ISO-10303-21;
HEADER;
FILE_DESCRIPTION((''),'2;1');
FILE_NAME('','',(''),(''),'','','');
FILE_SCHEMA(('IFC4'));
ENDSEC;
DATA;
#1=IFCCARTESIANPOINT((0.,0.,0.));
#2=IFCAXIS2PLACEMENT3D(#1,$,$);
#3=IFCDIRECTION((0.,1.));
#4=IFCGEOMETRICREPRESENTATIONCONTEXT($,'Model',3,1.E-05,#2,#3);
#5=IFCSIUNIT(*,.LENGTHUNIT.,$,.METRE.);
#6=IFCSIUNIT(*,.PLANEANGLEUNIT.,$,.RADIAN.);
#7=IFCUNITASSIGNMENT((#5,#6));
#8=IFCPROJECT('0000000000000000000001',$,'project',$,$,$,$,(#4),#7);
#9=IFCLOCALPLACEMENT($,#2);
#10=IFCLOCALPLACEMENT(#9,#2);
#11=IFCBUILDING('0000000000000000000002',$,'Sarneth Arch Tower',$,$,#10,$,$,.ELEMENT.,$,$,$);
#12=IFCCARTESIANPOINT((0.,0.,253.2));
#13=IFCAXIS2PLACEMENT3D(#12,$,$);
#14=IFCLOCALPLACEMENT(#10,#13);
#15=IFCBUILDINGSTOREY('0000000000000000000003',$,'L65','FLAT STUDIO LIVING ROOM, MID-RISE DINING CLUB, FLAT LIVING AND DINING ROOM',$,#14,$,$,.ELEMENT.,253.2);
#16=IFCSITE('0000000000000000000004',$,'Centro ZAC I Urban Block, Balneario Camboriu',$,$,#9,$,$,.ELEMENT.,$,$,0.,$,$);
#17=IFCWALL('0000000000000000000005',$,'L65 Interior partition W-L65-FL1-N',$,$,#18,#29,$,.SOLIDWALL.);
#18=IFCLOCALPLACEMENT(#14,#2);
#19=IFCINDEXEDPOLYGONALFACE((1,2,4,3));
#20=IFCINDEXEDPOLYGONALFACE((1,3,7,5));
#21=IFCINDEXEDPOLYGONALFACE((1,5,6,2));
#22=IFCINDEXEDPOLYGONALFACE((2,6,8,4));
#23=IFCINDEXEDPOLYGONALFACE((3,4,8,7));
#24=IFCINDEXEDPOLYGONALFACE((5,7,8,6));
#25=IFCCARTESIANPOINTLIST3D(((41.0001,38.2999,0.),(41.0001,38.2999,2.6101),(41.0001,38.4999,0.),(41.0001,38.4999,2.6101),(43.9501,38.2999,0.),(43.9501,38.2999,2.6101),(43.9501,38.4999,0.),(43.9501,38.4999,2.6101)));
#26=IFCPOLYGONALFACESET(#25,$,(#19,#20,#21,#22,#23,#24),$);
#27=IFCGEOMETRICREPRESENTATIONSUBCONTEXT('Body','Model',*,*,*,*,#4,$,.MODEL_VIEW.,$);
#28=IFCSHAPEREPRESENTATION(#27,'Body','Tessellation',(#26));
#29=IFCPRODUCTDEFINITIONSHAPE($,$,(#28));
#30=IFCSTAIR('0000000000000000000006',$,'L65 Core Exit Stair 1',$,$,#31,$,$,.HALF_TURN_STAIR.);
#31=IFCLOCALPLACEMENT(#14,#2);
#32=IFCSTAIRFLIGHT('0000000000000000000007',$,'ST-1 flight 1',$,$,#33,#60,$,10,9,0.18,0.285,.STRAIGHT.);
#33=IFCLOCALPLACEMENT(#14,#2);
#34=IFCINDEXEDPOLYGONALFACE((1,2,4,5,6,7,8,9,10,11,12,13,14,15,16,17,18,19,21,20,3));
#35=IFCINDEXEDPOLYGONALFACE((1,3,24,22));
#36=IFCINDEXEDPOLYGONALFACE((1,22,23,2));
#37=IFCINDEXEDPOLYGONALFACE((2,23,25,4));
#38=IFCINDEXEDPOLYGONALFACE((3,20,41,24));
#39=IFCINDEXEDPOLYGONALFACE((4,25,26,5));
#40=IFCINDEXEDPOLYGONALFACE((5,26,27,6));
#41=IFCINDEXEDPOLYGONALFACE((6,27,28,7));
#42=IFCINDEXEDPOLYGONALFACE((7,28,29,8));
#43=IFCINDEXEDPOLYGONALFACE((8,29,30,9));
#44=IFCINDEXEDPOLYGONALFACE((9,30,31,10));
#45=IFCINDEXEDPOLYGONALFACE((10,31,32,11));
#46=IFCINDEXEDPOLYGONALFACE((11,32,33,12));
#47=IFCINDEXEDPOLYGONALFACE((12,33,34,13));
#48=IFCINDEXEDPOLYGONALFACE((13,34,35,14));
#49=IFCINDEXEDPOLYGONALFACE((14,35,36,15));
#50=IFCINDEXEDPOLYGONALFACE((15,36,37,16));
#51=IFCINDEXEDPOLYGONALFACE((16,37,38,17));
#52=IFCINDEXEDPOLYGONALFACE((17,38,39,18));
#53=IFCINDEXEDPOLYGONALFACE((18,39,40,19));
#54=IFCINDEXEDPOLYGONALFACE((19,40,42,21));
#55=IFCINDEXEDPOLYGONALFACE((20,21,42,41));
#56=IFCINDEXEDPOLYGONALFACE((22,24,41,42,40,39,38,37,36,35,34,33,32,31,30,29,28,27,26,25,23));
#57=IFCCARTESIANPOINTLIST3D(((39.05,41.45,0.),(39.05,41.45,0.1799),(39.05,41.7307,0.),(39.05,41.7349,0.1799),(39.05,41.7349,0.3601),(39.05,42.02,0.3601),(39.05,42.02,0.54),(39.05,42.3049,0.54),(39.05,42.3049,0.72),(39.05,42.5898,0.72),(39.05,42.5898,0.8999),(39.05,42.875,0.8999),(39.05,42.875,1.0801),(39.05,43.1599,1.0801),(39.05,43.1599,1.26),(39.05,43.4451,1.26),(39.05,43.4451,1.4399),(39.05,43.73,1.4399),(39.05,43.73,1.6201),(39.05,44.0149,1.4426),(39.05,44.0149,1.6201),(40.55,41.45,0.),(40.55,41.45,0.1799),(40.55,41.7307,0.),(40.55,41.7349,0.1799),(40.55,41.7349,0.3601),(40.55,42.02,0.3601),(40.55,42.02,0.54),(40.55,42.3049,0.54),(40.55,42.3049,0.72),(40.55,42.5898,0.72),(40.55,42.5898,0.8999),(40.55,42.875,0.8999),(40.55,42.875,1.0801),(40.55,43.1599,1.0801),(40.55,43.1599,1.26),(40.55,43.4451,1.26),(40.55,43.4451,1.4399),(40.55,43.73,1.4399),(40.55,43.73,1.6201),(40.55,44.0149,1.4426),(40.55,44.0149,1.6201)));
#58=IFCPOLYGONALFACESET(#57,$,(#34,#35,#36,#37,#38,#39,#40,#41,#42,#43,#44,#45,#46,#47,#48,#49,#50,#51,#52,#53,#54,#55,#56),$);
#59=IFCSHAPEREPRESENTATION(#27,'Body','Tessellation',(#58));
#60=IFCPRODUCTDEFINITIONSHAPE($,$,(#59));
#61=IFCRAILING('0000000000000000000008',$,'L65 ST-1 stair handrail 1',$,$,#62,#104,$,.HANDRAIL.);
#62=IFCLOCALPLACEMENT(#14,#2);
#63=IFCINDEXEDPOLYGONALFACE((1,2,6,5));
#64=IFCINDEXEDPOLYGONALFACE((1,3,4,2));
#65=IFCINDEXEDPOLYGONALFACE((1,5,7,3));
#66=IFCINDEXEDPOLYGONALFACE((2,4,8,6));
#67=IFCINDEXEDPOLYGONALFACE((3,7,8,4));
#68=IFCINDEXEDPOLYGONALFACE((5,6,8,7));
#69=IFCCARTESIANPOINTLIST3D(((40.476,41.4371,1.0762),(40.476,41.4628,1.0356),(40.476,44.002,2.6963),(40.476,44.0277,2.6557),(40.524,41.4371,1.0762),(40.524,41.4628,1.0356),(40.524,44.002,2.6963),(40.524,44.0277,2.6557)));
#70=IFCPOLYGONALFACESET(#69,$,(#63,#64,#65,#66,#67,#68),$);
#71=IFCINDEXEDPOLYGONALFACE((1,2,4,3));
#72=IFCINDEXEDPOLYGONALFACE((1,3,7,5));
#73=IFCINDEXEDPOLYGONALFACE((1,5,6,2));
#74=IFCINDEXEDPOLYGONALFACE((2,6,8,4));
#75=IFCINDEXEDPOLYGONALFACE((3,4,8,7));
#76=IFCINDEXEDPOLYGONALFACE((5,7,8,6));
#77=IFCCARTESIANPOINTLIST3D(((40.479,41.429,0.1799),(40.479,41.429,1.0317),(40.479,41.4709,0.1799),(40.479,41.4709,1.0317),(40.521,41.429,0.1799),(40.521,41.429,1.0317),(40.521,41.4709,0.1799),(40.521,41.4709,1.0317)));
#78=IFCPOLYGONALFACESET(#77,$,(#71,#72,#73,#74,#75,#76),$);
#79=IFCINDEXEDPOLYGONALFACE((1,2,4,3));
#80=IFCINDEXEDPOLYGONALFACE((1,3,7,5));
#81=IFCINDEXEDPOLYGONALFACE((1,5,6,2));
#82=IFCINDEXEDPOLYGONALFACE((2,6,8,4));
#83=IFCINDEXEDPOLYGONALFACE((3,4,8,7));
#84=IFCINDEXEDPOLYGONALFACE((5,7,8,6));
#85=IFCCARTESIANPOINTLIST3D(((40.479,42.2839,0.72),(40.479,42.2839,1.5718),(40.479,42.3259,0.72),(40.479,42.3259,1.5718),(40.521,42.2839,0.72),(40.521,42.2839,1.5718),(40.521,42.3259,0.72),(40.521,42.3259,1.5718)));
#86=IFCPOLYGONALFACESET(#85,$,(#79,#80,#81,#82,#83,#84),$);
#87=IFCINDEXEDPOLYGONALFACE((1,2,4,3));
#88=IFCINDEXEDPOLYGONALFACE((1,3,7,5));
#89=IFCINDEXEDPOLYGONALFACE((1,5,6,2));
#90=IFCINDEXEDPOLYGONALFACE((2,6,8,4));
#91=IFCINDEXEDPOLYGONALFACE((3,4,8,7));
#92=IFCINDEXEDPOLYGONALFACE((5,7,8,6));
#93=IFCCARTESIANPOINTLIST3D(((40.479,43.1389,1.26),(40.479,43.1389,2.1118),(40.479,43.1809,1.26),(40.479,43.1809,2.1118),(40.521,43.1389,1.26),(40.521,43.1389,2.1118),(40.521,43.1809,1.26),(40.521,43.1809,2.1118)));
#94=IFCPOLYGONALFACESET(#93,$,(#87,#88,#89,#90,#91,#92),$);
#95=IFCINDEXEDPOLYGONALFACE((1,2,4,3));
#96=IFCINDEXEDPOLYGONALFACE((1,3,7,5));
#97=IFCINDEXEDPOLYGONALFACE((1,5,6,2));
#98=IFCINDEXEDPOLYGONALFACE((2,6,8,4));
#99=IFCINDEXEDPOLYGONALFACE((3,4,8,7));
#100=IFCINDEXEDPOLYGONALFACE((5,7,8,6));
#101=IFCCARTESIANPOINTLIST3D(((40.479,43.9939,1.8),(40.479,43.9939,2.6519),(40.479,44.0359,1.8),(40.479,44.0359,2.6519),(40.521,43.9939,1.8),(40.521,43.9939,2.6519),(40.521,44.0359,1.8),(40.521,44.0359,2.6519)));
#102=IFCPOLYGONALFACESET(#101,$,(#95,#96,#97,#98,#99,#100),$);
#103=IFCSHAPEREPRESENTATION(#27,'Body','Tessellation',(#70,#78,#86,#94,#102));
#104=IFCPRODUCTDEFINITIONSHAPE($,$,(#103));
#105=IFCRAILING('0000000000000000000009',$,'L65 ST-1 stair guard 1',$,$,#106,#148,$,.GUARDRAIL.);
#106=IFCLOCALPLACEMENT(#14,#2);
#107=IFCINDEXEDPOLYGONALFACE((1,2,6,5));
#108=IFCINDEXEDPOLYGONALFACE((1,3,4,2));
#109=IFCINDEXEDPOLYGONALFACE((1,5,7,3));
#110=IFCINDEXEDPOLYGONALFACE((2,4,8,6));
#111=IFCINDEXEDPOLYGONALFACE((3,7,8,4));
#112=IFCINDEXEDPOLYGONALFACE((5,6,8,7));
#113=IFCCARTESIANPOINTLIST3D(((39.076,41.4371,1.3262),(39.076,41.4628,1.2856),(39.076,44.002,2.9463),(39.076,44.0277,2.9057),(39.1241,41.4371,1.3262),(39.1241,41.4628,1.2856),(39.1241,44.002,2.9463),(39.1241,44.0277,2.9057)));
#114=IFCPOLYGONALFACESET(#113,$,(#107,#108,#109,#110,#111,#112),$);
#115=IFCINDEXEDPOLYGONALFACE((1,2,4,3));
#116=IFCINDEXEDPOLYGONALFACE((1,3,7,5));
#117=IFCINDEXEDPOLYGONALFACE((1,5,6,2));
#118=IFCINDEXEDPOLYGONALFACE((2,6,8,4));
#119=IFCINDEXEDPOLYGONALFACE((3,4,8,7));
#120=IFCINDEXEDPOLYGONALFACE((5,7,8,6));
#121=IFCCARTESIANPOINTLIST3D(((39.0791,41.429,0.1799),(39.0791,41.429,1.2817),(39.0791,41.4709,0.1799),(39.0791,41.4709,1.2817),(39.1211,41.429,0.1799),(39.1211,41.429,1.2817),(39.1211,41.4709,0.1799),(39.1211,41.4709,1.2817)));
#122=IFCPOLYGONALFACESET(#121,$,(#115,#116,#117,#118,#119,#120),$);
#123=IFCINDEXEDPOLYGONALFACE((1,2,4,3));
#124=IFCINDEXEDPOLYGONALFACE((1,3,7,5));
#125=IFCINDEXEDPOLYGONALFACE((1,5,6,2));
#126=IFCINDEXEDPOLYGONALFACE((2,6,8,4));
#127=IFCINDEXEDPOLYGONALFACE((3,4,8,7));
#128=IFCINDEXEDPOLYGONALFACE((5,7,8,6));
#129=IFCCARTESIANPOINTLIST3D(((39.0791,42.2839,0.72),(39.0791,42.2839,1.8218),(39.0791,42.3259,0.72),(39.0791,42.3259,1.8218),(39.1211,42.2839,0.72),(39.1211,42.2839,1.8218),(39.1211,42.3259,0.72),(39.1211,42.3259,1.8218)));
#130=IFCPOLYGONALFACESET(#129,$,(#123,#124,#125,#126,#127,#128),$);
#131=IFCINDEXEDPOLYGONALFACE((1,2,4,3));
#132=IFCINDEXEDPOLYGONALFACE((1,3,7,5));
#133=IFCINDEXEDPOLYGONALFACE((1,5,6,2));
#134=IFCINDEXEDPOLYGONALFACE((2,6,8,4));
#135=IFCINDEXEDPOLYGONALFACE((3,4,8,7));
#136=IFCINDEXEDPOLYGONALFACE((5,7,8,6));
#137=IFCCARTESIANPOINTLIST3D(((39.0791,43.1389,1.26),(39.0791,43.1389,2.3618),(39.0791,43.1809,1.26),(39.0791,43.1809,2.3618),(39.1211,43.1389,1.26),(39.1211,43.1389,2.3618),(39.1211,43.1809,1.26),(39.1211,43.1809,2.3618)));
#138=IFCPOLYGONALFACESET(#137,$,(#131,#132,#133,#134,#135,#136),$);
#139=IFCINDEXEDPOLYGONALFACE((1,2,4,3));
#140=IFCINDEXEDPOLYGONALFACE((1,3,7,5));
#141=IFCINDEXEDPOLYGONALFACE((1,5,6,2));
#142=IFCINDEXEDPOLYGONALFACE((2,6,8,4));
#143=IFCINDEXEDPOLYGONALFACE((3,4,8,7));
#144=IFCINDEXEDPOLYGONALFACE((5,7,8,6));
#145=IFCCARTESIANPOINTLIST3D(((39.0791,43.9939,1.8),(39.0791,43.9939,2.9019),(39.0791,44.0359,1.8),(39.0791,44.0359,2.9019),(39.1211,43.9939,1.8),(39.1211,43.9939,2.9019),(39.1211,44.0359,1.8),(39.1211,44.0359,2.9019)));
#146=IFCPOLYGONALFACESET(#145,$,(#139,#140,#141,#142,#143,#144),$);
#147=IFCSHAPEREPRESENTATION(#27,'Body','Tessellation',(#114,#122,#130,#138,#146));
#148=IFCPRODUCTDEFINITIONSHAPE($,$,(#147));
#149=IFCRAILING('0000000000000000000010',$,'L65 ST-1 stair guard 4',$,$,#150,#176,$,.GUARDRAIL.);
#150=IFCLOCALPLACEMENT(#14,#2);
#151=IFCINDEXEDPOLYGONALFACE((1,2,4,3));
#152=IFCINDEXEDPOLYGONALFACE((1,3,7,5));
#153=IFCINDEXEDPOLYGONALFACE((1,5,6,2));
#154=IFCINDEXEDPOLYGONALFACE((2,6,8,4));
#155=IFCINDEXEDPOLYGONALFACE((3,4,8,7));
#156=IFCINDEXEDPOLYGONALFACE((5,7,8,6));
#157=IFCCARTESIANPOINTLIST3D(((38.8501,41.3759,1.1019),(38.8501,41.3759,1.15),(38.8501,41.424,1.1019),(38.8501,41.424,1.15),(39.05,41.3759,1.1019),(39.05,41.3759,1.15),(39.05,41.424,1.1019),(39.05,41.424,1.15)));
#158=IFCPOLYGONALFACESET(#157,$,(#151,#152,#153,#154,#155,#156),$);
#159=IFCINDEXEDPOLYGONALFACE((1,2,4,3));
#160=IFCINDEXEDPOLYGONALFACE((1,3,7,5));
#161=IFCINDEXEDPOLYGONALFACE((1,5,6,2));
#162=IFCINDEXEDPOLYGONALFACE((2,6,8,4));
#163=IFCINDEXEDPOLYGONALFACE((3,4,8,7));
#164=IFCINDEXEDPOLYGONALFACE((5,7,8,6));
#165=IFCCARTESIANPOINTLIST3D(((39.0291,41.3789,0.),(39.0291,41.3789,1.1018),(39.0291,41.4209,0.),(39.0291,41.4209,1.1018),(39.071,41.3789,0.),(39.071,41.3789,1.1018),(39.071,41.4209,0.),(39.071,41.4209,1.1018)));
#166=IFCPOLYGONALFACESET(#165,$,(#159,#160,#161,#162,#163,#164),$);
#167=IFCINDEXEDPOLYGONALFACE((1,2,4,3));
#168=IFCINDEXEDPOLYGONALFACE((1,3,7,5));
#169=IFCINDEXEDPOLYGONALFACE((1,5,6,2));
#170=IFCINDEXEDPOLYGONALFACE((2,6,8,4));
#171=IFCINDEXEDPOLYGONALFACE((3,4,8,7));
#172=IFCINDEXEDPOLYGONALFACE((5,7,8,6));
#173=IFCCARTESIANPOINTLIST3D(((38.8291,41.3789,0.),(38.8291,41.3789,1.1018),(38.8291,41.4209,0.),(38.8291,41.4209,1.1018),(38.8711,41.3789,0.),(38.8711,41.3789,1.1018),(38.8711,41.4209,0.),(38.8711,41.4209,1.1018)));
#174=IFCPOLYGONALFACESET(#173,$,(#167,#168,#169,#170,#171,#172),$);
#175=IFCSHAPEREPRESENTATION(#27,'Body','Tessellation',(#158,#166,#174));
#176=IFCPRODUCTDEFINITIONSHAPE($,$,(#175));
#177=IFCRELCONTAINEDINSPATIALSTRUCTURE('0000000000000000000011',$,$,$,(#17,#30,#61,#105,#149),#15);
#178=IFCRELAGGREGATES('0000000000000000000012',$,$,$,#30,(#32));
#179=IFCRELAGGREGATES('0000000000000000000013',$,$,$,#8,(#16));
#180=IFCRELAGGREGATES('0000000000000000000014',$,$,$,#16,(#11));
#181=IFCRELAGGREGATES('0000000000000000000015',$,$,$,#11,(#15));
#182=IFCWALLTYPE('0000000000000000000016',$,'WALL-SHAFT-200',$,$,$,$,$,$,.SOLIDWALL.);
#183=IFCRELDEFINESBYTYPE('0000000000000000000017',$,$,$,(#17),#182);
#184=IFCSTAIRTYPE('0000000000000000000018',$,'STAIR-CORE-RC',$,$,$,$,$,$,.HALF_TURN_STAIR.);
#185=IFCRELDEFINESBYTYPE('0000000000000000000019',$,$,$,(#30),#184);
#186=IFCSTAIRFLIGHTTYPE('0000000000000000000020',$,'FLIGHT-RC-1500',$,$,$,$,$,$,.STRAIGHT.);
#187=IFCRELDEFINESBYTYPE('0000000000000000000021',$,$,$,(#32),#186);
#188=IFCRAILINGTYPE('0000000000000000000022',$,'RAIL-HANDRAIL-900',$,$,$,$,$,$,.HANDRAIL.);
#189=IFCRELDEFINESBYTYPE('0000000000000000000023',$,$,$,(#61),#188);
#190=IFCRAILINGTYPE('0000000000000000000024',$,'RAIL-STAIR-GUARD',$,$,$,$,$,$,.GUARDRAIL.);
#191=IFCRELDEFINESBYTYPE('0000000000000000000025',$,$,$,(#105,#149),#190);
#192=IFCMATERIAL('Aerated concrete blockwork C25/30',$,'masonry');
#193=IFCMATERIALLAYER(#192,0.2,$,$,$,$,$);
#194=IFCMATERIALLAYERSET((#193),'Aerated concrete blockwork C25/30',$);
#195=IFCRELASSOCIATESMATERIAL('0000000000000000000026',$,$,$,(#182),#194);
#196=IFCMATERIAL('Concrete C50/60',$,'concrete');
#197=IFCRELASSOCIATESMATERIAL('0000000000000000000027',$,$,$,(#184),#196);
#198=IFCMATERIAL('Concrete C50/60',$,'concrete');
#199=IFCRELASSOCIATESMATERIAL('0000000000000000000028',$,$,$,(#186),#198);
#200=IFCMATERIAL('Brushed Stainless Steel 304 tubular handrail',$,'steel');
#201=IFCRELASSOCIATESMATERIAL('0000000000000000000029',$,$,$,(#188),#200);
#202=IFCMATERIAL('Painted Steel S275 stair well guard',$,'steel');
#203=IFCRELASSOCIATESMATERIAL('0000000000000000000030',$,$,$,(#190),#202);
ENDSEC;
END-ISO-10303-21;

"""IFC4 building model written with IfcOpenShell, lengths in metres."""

from ifc_helpers import new_model, si_unit, direction, frame, frame_2d, origin, origin_2d, place, context, subcontext, project, spatial, polyline, rectangle, outline, extrude, material, layer, layer_set, type_object, element, aggregate, save


model = new_model("IFC4")

# Units and contexts
model_context = context("Model", 3, precision=1e-05, world=origin(), true_north=direction((0.0, 1.0)))
body_context = subcontext(model_context, "Body", "Model", "MODEL_VIEW")
ifc_project = project(units=[si_unit("LENGTHUNIT", "METRE"), si_unit("PLANEANGLEUNIT", "RADIAN")], contexts=[model_context])

# Site, building, storey
site_placement = place(None, origin())
site = spatial("IfcSite", under=ifc_project, at=site_placement, Name="Centro ZAC I Urban Block, Balneario Camboriu", CompositionType="ELEMENT", RefElevation=0.0)
building_placement = place(site_placement, origin())
building = spatial("IfcBuilding", under=site, at=building_placement, Name="Sarneth Arch Tower", CompositionType="ELEMENT")
storey_placement = place(building_placement, frame((0.0, 0.0, 253.2)))
storey = spatial("IfcBuildingStorey", under=building, at=storey_placement, Name="L65", Description="FLAT STUDIO LIVING ROOM, MID-RISE DINING CLUB, FLAT LIVING AND DINING ROOM", CompositionType="ELEMENT", Elevation=253.2)

# Shared definitions
ifc_material_1 = material(Name="Aerated concrete blockwork C25/30", Category="masonry")
ifc_layer_1 = layer(ifc_material_1, 0.2)
ifc_layer_set_1 = layer_set([ifc_layer_1], Name="Aerated concrete blockwork C25/30")
wall_type_1 = type_object("IfcWallType", Name="WALL-SHAFT-200", PredefinedType="SOLIDWALL", material=ifc_layer_set_1)

# Wall
wall_1_placement = place(storey_placement, frame((41.0, 38.3999, 0.0), z_axis=(0.0, 0.0, 1.0), x_axis=(1.0, 0.0, 0.0)))
element("IfcWall", 1, at=wall_1_placement, inside=storey, type_object=wall_type_1, Name="L65 Interior partition W-L65-FL1-N", PredefinedType="SOLIDWALL", context=body_context, shape_type="SweptSolid", body=[
    extrude(rectangle(XDim=2.95, YDim=0.2, at=frame_2d((1.4751, 0.0))), origin(), (0.0, 0.0, 1.0), 2.6101),
])

# Stair, stair flight
ifc_material_2 = material(Name="Concrete C50/60", Category="concrete")
stair_type = type_object("IfcStairType", Name="STAIR-CORE-RC", PredefinedType="HALF_TURN_STAIR", material=ifc_material_2)
stair_placement = place(storey_placement, origin())
stair = element("IfcStair", 2, at=stair_placement, inside=storey, type_object=stair_type, Name="L65 Core Exit Stair 1", PredefinedType="HALF_TURN_STAIR")
ifc_material_3 = material(Name="Concrete C50/60", Category="concrete")
stair_flight_type = type_object("IfcStairFlightType", Name="FLIGHT-RC-1500", PredefinedType="STRAIGHT", material=ifc_material_3)
stair_flight_placement = place(storey_placement, frame((39.8, 41.45, 0.0), z_axis=(0.0, 0.0, 1.0), x_axis=(0.0, 1.0, 0.0)))
stair_flight = element("IfcStairFlight", 3, at=stair_flight_placement, type_object=stair_flight_type, Name="ST-1 flight 1", NumberOfRisers=10, NumberOfTreads=9, PredefinedType="STRAIGHT", RiserHeight=0.18, TreadLength=0.285, context=body_context, shape_type="SweptSolid", body=[
    extrude(outline(polyline([(0.0, 0.0), (0.0, 0.1799), (0.2849, 0.1799), (0.2849, 0.3601), (0.5701, 0.3601), (0.5701, 0.54), (0.855, 0.54), (0.855, 0.72), (1.1399, 0.72), (1.1399, 0.8999), (1.425, 0.8999), (1.425, 1.0801), (1.71, 1.0801), (1.71, 1.26), (1.9951, 1.26), (1.9951, 1.4399), (2.28, 1.4399), (2.28, 1.6201), (2.5649, 1.6201), (2.5649, 1.8), (2.5649, 1.4426), (0.2808, 0.0), (0.0, 0.0)])), frame((0.0, 0.75, 0.0), z_axis=(0.0, -1.0, 0.0), x_axis=(1.0, 0.0, 0.0)), (0.0, 0.0, 1.0), 1.5),
])
aggregate(stair, [stair_flight])

# Railings
ifc_material_4 = material(Name="Brushed Stainless Steel 304 tubular handrail", Category="steel")
railing_type_1 = type_object("IfcRailingType", Name="RAIL-HANDRAIL-900", PredefinedType="HANDRAIL", material=ifc_material_4)
railing_1_placement = place(storey_placement, frame((40.5, 41.45, 0.1799)))
element("IfcRailing", 4, at=railing_1_placement, inside=storey, type_object=railing_type_1, Name="L65 ST-1 stair handrail 1", PredefinedType="HANDRAIL", context=body_context, shape_type="SweptSolid", body=[
    extrude(rectangle(XDim=0.0481, YDim=0.0481, at=origin_2d()), frame((0.0, 0.0, 0.876), z_axis=(0.0, 0.845466, 0.534029), x_axis=(-1.0, 0.0, 0.0)), (0.0, 0.0, 1.0), 3.0337),
    extrude(rectangle(XDim=0.042, YDim=0.042, at=origin_2d()), origin(), (0.0, 0.0, 1.0), 0.8518),
    extrude(rectangle(XDim=0.042, YDim=0.042, at=origin_2d()), frame((0.0, 0.855, 0.54)), (0.0, 0.0, 1.0), 0.8518),
    extrude(rectangle(XDim=0.042, YDim=0.042, at=origin_2d()), frame((0.0, 1.71, 1.0801)), (0.0, 0.0, 1.0), 0.8518),
    extrude(rectangle(XDim=0.042, YDim=0.042, at=origin_2d()), frame((0.0, 2.5649, 1.6201)), (0.0, 0.0, 1.0), 0.8518),
])
ifc_material_5 = material(Name="Painted Steel S275 stair well guard", Category="steel")
railing_type_2 = type_object("IfcRailingType", Name="RAIL-STAIR-GUARD", PredefinedType="GUARDRAIL", material=ifc_material_5)
railing_2_placement = place(storey_placement, frame((39.1001, 41.45, 0.1799)))
element("IfcRailing", 5, at=railing_2_placement, inside=storey, type_object=railing_type_2, Name="L65 ST-1 stair guard 1", PredefinedType="GUARDRAIL", context=body_context, shape_type="SweptSolid", body=[
    extrude(rectangle(XDim=0.0481, YDim=0.0481, at=origin_2d()), frame((0.0, 0.0, 1.126), z_axis=(0.0, 0.845466, 0.534029), x_axis=(-1.0, 0.0, 0.0)), (0.0, 0.0, 1.0), 3.0337),
    extrude(rectangle(XDim=0.042, YDim=0.042, at=origin_2d()), origin(), (0.0, 0.0, 1.0), 1.1018),
    extrude(rectangle(XDim=0.042, YDim=0.042, at=origin_2d()), frame((0.0, 0.855, 0.54)), (0.0, 0.0, 1.0), 1.1018),
    extrude(rectangle(XDim=0.042, YDim=0.042, at=origin_2d()), frame((0.0, 1.71, 1.0801)), (0.0, 0.0, 1.0), 1.1018),
    extrude(rectangle(XDim=0.042, YDim=0.042, at=origin_2d()), frame((0.0, 2.5649, 1.6201)), (0.0, 0.0, 1.0), 1.1018),
])
railing_3_placement = place(storey_placement, frame((39.05, 41.3999, 0.0)))
element("IfcRailing", 6, at=railing_3_placement, inside=storey, type_object=railing_type_2, Name="L65 ST-1 stair guard 4", PredefinedType="GUARDRAIL", context=body_context, shape_type="SweptSolid", body=[
    extrude(rectangle(XDim=0.0481, YDim=0.0481, at=origin_2d()), frame((0.0, 0.0, 1.126), z_axis=(-1.0, 0.0, 0.0), x_axis=(0.0, -1.0, 0.0)), (0.0, 0.0, 1.0), 0.2),
    extrude(rectangle(XDim=0.042, YDim=0.042, at=origin_2d()), origin(), (0.0, 0.0, 1.0), 1.1018),
    extrude(rectangle(XDim=0.042, YDim=0.042, at=origin_2d()), frame((-0.2, 0.0, 0.0)), (0.0, 0.0, 1.0), 1.1018),
])

save(model, "model.ifc")
